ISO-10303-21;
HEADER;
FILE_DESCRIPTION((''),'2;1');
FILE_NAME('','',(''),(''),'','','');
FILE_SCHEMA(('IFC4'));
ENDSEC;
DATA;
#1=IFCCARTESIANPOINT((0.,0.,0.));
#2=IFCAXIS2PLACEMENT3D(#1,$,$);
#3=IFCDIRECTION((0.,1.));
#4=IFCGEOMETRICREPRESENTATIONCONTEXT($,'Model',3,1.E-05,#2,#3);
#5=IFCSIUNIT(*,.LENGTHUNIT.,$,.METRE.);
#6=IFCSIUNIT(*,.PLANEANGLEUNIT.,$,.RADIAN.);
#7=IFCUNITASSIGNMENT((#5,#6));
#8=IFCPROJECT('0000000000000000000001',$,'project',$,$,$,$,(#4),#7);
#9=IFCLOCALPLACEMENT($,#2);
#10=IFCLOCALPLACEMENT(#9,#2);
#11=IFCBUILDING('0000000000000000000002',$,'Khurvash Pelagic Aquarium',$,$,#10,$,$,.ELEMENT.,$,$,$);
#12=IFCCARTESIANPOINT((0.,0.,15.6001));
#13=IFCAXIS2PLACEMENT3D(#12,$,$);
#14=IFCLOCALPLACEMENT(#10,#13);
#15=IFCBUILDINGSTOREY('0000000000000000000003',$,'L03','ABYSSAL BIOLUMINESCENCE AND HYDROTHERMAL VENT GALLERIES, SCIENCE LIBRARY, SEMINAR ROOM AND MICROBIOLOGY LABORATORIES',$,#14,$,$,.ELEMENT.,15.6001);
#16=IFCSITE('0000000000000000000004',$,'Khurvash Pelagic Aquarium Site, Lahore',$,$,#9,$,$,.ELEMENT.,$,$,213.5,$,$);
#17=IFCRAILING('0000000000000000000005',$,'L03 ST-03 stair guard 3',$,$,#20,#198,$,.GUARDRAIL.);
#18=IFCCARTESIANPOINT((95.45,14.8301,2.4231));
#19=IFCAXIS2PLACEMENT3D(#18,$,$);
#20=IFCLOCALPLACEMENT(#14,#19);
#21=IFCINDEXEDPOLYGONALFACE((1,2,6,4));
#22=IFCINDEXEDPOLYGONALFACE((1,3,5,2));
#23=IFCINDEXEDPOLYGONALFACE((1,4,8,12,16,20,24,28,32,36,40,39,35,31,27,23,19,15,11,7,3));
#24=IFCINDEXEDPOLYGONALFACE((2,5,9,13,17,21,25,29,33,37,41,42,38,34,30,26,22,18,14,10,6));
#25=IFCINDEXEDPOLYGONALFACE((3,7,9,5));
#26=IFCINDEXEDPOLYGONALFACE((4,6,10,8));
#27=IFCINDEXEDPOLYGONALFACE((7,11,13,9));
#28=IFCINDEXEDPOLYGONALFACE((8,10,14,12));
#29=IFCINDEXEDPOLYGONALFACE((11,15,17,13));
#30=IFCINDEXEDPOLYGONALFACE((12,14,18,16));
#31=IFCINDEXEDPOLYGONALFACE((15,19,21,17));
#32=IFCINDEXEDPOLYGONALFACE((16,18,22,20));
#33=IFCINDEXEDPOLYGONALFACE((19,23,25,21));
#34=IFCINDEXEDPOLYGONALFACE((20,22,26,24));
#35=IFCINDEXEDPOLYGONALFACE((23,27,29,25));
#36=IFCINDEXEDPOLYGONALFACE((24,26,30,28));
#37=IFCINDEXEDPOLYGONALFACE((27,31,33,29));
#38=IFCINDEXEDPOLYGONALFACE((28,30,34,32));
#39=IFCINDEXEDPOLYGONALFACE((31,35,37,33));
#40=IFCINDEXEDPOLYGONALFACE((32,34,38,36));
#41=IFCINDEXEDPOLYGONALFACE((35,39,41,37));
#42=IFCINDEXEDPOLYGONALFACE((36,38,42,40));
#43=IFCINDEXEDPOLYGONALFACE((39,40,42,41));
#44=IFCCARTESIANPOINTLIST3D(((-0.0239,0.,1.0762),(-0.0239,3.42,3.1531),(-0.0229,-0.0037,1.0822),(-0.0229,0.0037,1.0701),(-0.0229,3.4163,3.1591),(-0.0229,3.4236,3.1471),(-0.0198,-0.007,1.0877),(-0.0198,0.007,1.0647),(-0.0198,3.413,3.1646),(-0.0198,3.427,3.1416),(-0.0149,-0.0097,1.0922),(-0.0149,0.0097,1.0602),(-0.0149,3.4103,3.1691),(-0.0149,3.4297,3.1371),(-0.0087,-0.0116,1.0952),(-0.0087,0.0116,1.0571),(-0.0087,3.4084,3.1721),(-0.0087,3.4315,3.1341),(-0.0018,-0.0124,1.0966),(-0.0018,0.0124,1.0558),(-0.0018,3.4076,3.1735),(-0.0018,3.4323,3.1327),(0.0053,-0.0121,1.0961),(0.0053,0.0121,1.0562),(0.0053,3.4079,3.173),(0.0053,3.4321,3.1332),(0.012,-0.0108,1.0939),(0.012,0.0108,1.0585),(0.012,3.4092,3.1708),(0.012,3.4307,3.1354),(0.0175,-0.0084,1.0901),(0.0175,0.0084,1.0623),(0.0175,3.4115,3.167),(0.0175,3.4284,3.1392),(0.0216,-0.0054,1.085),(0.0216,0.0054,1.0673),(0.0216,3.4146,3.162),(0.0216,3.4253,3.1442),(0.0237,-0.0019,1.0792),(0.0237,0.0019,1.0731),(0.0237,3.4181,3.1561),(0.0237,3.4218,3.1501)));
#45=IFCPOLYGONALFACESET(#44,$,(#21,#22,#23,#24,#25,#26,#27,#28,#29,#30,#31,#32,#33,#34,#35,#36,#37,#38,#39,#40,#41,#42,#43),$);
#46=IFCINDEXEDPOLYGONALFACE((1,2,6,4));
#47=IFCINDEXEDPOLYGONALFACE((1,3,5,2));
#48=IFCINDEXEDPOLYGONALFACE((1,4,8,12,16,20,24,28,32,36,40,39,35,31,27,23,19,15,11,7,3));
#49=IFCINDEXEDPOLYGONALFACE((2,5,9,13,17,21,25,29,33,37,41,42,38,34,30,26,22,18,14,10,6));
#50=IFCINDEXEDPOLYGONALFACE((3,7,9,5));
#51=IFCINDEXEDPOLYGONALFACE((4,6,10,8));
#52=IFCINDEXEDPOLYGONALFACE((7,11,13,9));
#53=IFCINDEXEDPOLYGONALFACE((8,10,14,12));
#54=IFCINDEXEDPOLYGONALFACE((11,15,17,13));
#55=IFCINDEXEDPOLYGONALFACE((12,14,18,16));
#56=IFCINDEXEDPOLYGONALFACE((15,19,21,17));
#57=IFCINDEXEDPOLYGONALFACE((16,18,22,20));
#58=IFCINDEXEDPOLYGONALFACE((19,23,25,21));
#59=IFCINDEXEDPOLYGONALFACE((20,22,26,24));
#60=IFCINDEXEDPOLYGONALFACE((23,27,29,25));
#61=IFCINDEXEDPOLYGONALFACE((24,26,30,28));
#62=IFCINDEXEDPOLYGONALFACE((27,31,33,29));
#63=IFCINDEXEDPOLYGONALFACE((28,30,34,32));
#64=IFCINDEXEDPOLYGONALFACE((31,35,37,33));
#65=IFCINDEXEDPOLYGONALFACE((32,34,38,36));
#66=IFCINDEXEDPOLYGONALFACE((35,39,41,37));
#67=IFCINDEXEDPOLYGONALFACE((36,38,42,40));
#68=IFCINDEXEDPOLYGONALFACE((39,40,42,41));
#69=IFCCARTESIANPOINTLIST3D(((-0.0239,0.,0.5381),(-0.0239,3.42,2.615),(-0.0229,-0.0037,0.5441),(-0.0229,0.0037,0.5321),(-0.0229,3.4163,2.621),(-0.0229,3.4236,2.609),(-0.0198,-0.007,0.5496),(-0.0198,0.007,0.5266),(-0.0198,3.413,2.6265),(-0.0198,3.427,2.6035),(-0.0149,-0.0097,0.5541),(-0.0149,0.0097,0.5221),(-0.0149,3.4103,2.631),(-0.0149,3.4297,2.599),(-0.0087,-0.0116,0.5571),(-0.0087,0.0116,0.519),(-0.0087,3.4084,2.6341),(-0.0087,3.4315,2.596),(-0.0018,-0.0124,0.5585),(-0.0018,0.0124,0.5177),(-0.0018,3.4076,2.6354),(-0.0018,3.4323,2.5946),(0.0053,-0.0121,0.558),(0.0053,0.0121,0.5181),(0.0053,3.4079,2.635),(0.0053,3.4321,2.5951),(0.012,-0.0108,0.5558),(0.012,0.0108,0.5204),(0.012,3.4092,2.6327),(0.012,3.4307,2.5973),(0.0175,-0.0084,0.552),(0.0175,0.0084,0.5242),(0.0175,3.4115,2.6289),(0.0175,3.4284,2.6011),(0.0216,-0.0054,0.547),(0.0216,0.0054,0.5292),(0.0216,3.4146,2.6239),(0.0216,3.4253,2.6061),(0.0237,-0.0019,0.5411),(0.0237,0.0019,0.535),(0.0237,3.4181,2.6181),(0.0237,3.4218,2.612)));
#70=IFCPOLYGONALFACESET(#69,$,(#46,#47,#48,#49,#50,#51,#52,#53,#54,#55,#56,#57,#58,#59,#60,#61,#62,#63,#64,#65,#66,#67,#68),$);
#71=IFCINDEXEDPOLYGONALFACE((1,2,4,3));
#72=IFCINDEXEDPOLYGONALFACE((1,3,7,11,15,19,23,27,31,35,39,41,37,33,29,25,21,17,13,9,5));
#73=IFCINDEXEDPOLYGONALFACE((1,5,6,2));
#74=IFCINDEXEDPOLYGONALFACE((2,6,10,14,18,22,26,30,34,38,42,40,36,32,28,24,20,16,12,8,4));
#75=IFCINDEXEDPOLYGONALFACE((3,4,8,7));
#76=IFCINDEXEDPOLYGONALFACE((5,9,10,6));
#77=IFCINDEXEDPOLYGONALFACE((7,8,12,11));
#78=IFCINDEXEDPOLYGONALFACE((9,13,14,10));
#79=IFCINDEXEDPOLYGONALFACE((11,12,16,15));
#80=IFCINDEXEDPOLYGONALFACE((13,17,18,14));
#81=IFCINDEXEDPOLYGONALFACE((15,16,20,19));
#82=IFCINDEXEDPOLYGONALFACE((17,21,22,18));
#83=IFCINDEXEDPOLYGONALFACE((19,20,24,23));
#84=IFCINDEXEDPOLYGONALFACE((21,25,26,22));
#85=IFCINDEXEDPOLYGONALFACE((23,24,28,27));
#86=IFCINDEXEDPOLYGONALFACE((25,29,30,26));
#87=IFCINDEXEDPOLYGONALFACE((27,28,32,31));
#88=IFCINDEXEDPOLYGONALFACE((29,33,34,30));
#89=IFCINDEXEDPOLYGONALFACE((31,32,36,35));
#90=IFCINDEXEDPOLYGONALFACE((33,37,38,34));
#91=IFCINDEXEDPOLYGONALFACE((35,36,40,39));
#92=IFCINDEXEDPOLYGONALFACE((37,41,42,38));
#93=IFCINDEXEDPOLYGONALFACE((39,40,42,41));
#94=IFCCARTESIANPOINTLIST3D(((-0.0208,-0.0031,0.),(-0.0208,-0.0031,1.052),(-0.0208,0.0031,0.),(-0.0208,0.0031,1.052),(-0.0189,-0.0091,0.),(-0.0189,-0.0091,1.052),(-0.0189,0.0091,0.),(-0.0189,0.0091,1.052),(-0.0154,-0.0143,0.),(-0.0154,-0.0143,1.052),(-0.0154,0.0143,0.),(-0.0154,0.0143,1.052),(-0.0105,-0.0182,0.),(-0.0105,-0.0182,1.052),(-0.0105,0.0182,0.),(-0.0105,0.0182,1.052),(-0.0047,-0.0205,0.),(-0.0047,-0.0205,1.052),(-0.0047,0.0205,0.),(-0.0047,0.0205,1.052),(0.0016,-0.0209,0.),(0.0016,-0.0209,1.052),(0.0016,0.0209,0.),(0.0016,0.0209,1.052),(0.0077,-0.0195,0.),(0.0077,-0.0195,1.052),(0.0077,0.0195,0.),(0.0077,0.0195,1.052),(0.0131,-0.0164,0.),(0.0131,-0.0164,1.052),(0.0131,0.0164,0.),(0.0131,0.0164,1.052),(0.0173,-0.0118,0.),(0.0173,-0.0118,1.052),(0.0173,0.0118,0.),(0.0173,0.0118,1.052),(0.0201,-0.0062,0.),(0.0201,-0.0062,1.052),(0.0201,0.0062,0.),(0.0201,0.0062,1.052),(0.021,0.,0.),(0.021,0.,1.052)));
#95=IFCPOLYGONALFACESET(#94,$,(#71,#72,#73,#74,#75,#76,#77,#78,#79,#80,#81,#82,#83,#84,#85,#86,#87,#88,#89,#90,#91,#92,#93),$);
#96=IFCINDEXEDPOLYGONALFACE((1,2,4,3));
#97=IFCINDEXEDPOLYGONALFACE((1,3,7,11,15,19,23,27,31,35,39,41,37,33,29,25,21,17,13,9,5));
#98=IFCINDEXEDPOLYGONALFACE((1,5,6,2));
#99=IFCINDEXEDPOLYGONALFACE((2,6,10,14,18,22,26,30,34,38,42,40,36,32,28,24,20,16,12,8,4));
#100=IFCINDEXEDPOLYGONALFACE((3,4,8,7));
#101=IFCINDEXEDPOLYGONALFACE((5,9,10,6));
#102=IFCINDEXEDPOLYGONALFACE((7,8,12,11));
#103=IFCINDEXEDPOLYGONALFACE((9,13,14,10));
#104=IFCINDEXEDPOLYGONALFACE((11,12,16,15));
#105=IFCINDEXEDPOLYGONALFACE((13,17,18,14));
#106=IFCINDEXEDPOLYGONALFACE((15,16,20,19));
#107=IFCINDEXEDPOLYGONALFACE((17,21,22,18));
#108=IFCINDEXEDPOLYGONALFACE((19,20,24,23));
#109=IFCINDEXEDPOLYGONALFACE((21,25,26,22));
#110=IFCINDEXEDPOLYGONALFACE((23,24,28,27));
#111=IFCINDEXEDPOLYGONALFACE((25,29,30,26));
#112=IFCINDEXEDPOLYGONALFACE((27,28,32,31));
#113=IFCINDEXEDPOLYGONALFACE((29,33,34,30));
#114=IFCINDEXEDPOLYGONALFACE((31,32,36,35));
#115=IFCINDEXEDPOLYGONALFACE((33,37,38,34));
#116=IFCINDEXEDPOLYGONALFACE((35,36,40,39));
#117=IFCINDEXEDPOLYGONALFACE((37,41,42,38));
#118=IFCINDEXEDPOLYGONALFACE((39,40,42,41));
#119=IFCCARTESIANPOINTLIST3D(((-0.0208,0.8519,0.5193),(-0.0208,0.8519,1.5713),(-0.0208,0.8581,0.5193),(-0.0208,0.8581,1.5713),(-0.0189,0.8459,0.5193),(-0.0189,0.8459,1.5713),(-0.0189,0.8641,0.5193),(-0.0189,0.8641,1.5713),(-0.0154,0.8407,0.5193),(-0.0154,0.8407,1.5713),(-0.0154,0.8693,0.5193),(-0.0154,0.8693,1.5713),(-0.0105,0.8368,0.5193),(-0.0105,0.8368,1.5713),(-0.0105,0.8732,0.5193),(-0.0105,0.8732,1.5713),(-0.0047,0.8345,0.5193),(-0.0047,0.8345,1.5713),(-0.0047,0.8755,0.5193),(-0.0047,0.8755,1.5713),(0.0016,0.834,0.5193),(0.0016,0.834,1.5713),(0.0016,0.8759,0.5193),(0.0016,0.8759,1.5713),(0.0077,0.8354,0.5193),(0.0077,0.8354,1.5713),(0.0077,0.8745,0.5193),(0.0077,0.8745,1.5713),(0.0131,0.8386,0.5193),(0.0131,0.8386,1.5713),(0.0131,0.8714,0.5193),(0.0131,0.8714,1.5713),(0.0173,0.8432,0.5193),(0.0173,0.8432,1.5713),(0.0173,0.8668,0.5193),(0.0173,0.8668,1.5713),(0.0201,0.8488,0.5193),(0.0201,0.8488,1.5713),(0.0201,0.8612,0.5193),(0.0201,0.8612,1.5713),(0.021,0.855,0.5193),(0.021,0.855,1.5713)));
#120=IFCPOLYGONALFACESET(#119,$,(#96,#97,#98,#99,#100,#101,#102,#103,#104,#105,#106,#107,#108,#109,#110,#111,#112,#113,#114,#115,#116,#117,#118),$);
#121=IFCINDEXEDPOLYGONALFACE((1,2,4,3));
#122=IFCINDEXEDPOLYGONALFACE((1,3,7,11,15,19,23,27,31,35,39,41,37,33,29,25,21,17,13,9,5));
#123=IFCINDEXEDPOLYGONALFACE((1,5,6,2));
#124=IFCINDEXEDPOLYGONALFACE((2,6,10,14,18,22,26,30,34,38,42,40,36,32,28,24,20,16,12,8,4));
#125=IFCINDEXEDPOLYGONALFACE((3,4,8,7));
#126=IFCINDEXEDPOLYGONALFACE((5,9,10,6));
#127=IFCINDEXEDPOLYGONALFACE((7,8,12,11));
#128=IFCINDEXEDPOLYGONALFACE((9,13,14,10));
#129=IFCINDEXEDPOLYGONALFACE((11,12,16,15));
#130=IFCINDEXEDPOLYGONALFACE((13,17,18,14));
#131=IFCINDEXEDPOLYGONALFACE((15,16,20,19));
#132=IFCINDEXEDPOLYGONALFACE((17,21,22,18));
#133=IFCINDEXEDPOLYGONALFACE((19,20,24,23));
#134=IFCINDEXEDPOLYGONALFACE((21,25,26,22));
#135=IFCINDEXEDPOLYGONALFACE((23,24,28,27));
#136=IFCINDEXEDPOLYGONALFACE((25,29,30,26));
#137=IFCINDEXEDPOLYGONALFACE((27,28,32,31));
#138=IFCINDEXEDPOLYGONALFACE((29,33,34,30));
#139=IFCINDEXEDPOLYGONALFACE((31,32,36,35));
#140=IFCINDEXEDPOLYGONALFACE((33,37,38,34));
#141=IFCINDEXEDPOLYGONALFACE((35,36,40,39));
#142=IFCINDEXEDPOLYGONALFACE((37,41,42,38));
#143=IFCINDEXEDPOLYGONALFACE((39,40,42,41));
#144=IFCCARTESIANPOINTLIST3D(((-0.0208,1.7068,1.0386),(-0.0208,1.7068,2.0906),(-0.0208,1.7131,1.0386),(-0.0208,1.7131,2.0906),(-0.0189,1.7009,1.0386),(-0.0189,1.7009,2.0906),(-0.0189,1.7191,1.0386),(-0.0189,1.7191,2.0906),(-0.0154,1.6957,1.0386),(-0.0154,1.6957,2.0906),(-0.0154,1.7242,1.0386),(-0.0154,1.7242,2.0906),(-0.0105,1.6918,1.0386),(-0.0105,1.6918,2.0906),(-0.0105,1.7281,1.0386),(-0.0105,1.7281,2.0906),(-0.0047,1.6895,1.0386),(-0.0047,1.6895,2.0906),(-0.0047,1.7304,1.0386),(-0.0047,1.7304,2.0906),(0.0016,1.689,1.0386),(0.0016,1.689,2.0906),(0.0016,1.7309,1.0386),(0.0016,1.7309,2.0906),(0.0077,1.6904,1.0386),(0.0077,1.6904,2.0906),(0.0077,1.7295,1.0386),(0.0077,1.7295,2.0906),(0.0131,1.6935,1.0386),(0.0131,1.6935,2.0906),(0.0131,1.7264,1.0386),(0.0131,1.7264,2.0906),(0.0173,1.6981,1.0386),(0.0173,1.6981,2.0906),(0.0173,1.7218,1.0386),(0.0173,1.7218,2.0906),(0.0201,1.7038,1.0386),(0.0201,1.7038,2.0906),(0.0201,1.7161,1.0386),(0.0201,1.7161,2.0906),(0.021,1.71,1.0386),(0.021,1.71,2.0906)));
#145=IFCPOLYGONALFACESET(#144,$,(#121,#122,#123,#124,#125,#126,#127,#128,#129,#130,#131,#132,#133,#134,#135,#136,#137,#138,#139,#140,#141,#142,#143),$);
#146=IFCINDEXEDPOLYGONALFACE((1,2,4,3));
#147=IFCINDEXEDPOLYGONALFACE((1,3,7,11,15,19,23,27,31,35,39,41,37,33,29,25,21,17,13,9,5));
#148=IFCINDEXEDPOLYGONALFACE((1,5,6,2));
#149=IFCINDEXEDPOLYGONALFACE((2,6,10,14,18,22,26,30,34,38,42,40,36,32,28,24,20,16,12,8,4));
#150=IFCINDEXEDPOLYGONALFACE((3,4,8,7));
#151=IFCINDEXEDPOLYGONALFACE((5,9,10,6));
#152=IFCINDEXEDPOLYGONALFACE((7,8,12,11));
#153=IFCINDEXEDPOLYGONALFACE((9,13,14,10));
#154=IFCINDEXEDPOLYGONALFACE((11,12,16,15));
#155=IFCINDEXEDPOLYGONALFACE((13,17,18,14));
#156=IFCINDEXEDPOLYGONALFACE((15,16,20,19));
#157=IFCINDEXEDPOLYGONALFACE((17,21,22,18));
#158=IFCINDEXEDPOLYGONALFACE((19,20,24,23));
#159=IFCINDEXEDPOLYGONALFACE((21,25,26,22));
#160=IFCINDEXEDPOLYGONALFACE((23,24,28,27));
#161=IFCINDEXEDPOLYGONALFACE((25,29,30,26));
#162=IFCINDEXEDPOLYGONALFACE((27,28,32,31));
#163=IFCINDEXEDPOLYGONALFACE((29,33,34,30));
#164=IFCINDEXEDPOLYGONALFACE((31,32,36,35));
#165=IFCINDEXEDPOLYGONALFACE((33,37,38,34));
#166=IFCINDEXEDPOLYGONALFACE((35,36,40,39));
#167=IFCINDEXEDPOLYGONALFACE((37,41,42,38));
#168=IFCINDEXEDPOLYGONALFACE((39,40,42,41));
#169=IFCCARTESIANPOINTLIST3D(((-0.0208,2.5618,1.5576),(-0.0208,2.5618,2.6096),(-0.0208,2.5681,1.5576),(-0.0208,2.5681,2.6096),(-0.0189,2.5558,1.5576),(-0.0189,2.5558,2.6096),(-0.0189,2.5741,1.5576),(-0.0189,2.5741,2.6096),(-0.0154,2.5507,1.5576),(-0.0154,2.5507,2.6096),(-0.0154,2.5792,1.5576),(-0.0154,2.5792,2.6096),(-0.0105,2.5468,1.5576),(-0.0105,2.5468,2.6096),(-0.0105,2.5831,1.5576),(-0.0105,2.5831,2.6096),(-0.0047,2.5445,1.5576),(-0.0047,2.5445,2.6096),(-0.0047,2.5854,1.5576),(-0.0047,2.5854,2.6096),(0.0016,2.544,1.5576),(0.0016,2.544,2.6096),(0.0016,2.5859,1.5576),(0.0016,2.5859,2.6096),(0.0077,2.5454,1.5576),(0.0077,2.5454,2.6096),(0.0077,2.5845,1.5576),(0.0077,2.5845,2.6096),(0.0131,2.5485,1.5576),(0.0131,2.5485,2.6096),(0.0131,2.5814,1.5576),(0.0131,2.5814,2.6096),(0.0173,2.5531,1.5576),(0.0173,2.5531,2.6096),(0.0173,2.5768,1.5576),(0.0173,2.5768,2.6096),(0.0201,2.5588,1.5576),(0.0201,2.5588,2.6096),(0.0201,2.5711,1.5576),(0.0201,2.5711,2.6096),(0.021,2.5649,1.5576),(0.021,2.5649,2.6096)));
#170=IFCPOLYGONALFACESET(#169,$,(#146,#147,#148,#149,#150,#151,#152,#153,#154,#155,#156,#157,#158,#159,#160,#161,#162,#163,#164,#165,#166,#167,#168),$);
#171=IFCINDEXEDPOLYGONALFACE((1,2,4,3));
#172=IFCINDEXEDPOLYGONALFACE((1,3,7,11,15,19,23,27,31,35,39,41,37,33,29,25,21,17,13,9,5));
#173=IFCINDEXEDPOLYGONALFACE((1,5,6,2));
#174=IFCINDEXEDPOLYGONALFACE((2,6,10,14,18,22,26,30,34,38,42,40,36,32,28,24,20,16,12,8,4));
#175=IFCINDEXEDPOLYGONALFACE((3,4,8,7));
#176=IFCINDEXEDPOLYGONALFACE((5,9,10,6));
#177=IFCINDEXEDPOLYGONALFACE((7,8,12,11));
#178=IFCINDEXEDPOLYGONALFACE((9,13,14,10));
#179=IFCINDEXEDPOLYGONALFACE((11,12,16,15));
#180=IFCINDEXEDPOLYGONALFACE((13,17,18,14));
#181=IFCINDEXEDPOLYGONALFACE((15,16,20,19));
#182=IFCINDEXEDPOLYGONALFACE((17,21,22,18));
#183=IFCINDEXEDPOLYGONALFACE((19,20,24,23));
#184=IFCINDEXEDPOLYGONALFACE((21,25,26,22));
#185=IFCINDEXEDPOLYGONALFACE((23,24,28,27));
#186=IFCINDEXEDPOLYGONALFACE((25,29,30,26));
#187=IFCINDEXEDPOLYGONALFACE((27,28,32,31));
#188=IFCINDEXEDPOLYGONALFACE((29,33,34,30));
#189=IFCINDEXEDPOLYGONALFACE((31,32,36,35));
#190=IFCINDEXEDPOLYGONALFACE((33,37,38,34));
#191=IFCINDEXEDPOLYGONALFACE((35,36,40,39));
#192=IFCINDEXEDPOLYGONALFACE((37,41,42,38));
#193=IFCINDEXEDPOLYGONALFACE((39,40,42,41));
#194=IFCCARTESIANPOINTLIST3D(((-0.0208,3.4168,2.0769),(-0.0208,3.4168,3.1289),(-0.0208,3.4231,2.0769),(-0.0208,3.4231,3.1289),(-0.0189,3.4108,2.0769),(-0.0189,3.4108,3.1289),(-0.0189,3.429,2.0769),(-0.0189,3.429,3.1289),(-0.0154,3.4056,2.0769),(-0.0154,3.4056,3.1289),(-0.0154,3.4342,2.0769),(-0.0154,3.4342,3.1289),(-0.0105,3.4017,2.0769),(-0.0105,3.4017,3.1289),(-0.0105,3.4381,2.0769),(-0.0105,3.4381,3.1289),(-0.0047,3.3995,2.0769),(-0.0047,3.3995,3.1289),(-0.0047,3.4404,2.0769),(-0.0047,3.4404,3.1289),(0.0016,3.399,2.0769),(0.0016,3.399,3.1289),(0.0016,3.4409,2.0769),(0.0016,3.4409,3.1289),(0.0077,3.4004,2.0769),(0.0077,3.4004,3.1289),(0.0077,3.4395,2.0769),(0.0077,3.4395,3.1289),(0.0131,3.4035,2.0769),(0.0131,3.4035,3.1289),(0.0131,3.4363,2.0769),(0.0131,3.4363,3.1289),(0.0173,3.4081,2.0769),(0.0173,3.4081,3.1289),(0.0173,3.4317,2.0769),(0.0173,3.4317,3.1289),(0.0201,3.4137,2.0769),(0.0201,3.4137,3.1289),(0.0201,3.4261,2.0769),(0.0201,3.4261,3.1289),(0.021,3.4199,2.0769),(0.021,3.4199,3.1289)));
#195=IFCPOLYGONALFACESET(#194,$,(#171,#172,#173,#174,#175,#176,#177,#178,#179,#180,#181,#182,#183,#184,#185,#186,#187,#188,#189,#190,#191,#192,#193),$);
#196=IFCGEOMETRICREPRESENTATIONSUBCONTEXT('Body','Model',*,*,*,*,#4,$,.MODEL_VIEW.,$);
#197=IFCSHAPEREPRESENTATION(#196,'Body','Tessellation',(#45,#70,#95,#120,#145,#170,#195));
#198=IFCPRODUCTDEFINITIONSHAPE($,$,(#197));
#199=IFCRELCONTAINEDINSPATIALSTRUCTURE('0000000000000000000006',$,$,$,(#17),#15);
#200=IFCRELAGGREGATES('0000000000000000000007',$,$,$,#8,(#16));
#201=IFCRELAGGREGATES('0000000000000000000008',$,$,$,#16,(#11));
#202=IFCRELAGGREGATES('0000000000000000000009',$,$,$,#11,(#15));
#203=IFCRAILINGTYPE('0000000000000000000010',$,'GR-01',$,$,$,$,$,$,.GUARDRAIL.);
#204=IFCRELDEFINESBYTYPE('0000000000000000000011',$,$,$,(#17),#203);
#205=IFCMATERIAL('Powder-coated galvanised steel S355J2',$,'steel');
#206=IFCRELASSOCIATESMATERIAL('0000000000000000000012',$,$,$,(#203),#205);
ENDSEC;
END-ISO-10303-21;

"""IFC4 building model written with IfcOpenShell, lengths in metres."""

from ifc_helpers import new_model, si_unit, direction, frame, origin, origin_2d, place, context, subcontext, project, spatial, circle, extrude, material, type_object, element, save


model = new_model("IFC4")

# Units and contexts
model_context = context("Model", 3, precision=1e-05, world=origin(), true_north=direction((0.0, 1.0)))
body_context = subcontext(model_context, "Body", "Model", "MODEL_VIEW")
ifc_project = project(units=[si_unit("LENGTHUNIT", "METRE"), si_unit("PLANEANGLEUNIT", "RADIAN")], contexts=[model_context])

# Site, building, storey
site_placement = place(None, origin())
site = spatial("IfcSite", under=ifc_project, at=site_placement, Name="Khurvash Pelagic Aquarium Site, Lahore", CompositionType="ELEMENT", RefElevation=213.5)
building_placement = place(site_placement, origin())
building = spatial("IfcBuilding", under=site, at=building_placement, Name="Khurvash Pelagic Aquarium", CompositionType="ELEMENT")
storey_placement = place(building_placement, frame((0.0, 0.0, 15.6001)))
storey = spatial("IfcBuildingStorey", under=building, at=storey_placement, Name="L03", Description="ABYSSAL BIOLUMINESCENCE AND HYDROTHERMAL VENT GALLERIES, SCIENCE LIBRARY, SEMINAR ROOM AND MICROBIOLOGY LABORATORIES", CompositionType="ELEMENT", Elevation=15.6001)

# Railing
ifc_material_1 = material(Name="Powder-coated galvanised steel S355J2", Category="steel")
railing_type_1 = type_object("IfcRailingType", Name="GR-01", PredefinedType="GUARDRAIL", material=ifc_material_1)
railing_1_placement = place(storey_placement, frame((95.45, 14.8301, 2.4231)))
element("IfcRailing", 1, at=railing_1_placement, inside=storey, type_object=railing_type_1, Name="L03 ST-03 stair guard 3", PredefinedType="GUARDRAIL", context=body_context, shape_type="SweptSolid", body=[
    extrude(circle(Radius=0.0239, at=origin_2d()), frame((0.0, 0.0, 1.0762), z_axis=(0.0, 0.85473, 0.519074), x_axis=(-1.0, 0.0, 0.0)), (0.0, 0.0, 1.0), 4.0012),
    extrude(circle(Radius=0.0239, at=origin_2d()), frame((0.0, 0.0, 0.5381), z_axis=(0.0, 0.85473, 0.519074), x_axis=(-1.0, 0.0, 0.0)), (0.0, 0.0, 1.0), 4.0012),
    extrude(circle(Radius=0.021, at=origin_2d()), origin(), (0.0, 0.0, 1.0), 1.052),
    extrude(circle(Radius=0.021, at=origin_2d()), frame((0.0, 0.855, 0.5193)), (0.0, 0.0, 1.0), 1.052),
    extrude(circle(Radius=0.021, at=origin_2d()), frame((0.0, 1.71, 1.0386)), (0.0, 0.0, 1.0), 1.052),
    extrude(circle(Radius=0.021, at=origin_2d()), frame((0.0, 2.5649, 1.5576)), (0.0, 0.0, 1.0), 1.052),
    extrude(circle(Radius=0.021, at=origin_2d()), frame((0.0, 3.4199, 2.0769)), (0.0, 0.0, 1.0), 1.052),
])

save(model, "model.ifc")
